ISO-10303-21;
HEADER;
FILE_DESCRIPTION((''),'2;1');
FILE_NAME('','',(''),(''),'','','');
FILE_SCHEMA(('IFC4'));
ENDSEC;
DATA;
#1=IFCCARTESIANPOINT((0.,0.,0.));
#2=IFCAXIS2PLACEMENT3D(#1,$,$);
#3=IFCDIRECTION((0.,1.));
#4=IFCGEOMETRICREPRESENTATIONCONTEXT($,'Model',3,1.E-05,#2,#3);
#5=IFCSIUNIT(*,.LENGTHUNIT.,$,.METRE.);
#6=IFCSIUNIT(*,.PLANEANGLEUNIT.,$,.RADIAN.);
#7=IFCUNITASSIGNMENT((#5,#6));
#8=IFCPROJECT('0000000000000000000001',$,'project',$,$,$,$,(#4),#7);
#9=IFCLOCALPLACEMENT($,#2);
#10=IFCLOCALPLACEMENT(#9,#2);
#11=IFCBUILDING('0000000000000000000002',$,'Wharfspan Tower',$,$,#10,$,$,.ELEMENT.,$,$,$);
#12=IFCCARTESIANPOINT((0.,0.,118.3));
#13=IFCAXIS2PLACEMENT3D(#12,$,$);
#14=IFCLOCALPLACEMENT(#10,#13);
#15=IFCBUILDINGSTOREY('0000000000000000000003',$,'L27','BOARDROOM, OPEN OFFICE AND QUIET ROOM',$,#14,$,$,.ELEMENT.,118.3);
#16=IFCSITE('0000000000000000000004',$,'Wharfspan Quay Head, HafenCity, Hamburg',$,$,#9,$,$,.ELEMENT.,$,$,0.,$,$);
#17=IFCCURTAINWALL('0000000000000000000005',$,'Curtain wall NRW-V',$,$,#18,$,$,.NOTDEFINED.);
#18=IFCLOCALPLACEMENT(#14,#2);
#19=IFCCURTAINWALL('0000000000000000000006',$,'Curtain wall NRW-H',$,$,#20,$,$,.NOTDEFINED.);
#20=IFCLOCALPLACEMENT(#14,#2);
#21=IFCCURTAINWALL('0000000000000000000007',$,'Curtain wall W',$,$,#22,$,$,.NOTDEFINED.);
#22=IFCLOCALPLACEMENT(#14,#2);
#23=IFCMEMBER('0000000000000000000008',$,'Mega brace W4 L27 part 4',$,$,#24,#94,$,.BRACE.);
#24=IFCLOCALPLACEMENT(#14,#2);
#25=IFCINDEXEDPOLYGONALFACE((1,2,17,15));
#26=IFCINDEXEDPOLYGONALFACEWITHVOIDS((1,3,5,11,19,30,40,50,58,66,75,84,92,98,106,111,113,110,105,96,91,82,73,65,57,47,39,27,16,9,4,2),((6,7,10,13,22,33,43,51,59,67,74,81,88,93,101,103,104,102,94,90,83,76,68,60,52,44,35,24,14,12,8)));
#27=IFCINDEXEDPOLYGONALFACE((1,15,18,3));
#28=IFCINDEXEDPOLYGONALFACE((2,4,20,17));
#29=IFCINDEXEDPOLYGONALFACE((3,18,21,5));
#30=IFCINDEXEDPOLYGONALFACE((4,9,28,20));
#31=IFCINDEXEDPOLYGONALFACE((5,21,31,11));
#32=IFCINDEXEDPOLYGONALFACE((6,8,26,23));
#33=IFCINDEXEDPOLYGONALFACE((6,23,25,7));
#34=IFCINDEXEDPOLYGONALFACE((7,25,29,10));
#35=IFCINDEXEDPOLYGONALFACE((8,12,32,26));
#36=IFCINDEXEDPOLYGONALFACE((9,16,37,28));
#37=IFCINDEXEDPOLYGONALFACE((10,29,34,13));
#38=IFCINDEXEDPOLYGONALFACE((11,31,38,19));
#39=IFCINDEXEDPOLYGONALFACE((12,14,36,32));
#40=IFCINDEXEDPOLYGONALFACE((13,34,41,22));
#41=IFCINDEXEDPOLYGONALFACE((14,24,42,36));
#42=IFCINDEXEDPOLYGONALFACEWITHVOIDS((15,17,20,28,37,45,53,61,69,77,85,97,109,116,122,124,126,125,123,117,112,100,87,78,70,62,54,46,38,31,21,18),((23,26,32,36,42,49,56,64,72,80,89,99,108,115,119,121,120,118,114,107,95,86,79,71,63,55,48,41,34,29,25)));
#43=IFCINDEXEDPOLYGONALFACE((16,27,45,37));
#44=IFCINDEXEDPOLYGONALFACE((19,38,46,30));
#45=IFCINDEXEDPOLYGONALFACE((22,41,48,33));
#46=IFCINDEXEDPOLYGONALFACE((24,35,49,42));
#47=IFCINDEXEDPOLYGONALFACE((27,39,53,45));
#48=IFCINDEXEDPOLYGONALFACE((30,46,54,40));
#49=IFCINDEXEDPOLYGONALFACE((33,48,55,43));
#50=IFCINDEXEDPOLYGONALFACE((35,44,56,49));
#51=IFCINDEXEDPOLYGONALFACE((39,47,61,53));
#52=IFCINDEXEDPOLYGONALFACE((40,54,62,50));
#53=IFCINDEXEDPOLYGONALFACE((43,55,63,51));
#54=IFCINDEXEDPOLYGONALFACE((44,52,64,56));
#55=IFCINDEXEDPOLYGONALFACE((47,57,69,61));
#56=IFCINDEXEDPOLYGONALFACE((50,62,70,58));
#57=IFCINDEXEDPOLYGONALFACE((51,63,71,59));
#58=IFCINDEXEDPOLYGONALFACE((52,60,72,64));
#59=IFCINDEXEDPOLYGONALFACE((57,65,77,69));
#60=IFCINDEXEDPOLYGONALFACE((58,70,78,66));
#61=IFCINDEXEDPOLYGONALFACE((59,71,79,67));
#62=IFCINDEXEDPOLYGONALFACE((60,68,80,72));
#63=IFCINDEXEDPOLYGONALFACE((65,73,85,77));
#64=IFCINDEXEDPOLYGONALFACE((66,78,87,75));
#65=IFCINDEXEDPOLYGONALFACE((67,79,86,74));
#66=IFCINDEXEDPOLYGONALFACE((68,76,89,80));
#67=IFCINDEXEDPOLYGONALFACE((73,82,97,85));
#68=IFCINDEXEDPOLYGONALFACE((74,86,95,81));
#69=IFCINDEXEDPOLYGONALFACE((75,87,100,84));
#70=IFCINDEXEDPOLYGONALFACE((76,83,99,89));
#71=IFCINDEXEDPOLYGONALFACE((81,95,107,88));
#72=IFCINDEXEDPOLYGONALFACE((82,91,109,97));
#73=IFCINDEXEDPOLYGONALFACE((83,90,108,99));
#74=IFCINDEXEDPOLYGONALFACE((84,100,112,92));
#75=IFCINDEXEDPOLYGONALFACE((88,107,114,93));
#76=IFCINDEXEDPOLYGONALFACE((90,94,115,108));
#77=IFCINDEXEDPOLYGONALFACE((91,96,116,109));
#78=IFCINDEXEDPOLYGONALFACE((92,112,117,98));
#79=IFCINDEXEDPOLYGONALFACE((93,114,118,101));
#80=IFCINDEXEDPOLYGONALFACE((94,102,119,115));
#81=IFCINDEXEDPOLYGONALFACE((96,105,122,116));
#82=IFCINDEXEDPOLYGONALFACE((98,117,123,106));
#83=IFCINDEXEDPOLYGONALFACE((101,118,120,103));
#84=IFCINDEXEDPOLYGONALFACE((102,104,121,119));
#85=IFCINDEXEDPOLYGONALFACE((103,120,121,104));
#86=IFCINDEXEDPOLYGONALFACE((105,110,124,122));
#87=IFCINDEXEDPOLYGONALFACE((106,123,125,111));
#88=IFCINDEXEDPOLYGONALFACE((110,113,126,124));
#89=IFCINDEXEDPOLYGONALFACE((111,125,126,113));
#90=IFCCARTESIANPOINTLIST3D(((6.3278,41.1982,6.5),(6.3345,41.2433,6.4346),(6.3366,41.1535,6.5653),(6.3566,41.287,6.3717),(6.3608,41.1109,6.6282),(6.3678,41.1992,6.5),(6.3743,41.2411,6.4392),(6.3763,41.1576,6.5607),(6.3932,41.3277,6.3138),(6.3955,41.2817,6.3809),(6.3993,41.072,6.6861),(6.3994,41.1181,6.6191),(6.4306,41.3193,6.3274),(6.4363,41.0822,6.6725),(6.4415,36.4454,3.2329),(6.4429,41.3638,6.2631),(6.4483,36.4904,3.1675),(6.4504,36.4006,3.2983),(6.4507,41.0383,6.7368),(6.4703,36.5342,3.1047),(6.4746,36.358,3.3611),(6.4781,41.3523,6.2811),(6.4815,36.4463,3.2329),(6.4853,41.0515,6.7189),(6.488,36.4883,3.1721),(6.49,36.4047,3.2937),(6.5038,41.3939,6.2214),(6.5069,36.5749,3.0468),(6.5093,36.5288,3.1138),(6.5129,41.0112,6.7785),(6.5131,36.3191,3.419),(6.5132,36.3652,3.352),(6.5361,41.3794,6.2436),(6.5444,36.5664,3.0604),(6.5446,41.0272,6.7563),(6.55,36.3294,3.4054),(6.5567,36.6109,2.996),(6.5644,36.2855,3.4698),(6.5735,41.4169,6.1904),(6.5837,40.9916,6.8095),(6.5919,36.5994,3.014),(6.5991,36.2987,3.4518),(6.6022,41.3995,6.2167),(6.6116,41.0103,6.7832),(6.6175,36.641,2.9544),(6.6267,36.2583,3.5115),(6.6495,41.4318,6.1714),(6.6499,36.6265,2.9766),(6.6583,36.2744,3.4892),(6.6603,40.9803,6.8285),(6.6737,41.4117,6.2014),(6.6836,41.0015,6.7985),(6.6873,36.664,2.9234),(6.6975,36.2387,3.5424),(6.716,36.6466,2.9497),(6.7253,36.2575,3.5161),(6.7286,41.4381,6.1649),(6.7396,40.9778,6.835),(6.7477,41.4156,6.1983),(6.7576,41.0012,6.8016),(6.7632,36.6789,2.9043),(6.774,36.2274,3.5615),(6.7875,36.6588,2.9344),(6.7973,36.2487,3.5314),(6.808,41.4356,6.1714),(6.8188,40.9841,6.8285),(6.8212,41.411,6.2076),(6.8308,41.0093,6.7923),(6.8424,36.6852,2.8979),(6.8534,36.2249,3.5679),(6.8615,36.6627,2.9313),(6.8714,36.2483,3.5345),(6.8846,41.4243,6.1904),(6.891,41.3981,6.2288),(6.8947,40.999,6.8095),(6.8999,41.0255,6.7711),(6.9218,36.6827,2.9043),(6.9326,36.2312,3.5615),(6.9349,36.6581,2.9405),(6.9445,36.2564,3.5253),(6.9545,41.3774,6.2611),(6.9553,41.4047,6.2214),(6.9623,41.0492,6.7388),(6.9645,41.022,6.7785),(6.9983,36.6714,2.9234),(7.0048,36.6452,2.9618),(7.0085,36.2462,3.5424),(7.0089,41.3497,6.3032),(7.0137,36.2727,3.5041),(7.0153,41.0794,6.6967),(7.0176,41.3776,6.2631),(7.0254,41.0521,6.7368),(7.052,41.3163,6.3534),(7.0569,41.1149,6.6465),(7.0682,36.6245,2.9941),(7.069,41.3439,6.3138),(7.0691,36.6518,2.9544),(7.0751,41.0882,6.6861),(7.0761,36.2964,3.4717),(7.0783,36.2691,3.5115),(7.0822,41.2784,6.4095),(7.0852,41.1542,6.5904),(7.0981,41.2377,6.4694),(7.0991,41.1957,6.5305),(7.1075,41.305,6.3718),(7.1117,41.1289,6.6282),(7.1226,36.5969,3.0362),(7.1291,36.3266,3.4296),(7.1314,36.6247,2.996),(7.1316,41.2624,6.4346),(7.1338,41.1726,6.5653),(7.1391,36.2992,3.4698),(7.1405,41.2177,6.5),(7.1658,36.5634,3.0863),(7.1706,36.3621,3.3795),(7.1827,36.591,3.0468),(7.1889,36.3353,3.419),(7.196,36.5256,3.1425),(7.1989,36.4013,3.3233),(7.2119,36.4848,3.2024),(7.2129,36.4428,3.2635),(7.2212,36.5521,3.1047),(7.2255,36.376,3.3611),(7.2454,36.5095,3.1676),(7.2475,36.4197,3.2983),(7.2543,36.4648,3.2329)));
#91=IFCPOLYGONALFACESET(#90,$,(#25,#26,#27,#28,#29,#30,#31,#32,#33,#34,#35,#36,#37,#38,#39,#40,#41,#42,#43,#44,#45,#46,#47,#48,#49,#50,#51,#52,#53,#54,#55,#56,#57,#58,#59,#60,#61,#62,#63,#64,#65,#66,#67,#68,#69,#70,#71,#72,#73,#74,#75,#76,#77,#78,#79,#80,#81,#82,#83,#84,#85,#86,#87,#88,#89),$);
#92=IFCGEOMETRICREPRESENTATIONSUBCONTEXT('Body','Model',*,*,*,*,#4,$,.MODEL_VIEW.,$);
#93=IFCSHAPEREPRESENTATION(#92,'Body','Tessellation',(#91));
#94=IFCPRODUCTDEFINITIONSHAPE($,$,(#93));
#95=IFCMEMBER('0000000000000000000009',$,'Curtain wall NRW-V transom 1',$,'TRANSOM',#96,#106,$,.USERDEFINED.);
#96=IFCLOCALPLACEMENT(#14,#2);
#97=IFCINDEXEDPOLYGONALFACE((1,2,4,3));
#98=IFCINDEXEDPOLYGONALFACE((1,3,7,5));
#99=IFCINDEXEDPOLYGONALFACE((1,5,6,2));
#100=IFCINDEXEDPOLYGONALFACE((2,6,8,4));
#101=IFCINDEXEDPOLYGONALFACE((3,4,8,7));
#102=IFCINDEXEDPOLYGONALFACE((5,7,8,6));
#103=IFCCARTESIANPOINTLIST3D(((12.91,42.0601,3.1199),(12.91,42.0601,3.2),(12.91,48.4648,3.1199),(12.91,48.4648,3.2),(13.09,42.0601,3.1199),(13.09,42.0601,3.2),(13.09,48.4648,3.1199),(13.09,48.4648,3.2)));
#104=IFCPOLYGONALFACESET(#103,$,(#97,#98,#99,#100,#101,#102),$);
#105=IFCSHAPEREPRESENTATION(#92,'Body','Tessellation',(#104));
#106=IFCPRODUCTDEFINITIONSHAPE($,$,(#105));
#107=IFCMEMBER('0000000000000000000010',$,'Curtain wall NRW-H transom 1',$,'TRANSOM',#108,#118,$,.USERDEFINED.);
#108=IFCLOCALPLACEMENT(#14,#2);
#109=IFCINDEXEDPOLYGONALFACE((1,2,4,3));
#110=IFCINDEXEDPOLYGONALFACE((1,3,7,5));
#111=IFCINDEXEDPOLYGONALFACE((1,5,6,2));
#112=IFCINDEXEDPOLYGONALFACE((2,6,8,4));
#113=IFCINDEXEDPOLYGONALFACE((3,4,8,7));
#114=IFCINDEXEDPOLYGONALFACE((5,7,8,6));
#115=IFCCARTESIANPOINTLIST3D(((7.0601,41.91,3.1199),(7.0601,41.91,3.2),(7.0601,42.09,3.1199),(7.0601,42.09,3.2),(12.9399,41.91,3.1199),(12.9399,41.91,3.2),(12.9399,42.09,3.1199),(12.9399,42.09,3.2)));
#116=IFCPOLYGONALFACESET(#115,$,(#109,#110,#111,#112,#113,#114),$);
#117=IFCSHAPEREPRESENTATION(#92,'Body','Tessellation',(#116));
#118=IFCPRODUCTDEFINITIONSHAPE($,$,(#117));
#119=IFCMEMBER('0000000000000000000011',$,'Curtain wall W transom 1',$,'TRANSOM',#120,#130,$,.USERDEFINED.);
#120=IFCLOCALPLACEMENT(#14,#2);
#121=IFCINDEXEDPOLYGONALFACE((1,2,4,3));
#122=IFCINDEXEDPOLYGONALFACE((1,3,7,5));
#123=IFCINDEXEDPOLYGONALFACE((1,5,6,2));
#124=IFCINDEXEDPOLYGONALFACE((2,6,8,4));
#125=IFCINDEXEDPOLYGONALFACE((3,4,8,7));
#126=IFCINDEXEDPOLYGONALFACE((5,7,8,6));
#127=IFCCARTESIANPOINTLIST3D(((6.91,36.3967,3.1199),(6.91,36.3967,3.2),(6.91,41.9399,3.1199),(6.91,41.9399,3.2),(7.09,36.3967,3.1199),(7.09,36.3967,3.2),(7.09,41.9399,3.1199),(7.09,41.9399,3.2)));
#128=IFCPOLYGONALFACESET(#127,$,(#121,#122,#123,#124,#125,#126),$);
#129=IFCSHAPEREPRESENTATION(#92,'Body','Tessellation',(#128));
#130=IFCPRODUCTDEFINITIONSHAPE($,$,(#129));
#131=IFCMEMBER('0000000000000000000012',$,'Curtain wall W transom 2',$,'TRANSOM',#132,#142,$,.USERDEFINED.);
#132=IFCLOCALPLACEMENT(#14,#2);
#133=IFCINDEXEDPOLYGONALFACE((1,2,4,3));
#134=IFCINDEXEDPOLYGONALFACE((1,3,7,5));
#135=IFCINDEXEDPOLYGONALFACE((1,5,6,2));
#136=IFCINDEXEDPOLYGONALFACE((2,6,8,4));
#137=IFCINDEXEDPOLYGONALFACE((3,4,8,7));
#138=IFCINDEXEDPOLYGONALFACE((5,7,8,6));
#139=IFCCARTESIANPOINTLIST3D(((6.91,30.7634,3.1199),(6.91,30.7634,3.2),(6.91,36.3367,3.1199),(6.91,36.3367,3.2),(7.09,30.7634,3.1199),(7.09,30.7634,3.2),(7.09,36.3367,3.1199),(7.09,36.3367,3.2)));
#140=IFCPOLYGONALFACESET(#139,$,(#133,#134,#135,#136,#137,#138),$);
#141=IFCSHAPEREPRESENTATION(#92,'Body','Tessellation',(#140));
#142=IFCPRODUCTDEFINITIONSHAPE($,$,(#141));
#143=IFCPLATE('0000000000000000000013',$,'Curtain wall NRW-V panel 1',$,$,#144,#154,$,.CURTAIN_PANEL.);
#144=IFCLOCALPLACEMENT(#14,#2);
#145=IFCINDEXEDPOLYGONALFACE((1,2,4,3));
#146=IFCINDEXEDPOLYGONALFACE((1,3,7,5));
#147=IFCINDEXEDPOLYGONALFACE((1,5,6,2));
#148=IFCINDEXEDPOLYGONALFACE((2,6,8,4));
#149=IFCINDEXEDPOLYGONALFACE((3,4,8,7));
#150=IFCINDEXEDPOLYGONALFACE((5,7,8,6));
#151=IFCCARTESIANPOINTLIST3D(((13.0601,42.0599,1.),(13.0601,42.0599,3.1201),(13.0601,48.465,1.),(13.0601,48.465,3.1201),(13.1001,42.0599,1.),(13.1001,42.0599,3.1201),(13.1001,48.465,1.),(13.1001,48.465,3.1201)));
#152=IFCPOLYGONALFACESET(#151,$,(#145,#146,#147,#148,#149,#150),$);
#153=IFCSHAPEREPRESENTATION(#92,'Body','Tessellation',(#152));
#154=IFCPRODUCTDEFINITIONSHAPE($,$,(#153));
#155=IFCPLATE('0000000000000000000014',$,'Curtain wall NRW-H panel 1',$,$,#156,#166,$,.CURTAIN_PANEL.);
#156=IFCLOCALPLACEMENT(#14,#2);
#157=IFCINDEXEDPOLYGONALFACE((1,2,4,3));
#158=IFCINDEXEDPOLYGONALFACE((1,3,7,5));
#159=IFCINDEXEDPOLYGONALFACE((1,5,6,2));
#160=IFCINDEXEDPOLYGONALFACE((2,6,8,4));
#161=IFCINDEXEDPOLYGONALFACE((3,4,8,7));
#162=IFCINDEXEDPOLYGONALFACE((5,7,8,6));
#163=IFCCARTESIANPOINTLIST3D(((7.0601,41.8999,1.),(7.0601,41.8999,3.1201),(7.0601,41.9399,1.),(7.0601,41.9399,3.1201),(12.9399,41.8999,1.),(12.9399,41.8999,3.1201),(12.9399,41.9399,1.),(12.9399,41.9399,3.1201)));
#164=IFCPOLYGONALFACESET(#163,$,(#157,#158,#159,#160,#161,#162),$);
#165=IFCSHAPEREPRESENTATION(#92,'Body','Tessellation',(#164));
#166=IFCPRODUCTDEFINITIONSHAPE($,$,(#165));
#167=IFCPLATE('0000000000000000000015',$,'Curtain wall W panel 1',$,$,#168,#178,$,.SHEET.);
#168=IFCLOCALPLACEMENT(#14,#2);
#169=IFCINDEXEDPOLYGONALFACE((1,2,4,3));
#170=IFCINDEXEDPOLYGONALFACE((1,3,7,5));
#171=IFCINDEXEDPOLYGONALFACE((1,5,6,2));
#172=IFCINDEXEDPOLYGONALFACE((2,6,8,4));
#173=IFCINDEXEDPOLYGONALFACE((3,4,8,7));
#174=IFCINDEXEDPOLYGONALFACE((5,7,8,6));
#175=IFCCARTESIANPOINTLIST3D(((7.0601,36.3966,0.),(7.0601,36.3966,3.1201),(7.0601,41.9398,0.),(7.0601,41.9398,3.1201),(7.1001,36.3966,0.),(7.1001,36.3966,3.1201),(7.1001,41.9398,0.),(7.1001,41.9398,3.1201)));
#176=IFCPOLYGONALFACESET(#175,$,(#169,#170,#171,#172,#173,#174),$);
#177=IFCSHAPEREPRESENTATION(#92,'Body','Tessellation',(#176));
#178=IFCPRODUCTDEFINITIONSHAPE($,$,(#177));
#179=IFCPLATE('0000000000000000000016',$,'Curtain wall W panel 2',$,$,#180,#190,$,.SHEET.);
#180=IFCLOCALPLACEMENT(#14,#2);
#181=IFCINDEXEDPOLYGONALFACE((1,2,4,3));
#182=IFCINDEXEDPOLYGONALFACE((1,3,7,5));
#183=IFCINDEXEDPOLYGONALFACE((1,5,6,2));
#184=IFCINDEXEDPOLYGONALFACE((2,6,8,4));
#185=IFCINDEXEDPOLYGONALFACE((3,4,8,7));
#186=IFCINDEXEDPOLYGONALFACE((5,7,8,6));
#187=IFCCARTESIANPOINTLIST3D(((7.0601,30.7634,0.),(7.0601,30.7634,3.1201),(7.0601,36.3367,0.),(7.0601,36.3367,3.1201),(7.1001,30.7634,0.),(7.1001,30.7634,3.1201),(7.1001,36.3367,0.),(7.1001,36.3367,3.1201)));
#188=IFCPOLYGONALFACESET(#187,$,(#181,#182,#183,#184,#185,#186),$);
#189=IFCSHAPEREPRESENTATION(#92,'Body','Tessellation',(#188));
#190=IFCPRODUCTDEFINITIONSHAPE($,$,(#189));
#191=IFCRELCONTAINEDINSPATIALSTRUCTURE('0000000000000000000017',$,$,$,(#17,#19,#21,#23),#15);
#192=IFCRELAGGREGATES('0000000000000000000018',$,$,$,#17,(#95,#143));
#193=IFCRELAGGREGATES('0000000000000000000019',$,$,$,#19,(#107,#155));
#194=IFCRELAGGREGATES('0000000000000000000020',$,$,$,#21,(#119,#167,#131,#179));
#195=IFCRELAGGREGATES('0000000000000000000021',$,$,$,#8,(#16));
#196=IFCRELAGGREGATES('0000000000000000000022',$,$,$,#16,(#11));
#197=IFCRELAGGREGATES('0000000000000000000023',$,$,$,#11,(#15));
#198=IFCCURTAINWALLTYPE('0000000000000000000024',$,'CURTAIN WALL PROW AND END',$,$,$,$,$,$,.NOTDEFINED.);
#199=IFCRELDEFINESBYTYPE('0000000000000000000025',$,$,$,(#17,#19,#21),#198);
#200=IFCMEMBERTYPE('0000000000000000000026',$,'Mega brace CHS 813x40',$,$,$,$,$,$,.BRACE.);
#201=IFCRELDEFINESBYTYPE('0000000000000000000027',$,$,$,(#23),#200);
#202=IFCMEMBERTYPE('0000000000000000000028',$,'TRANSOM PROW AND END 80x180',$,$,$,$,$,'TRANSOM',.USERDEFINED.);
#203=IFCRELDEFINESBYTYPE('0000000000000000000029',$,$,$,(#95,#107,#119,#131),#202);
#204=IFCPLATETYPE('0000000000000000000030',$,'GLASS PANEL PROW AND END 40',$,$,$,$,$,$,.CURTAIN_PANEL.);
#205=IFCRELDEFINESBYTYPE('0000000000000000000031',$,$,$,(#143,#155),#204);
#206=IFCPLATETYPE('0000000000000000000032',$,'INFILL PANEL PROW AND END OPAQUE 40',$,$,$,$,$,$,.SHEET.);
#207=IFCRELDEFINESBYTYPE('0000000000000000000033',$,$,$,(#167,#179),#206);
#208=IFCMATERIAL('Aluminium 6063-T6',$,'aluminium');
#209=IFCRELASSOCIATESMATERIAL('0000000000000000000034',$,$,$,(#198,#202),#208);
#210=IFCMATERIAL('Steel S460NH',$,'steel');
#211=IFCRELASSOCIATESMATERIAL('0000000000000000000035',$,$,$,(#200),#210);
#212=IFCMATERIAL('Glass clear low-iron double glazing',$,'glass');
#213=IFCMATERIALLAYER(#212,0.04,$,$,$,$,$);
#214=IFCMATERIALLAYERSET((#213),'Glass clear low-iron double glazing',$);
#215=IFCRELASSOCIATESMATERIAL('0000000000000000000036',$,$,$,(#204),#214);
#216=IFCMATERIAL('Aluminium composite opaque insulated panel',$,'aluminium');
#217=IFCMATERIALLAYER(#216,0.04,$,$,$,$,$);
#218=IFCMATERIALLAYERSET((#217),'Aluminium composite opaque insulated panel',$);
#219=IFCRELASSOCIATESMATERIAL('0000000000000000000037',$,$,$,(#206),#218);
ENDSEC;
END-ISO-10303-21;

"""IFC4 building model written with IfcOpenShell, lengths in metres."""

from ifc_helpers import new_model, si_unit, direction, frame, origin, origin_2d, place, context, subcontext, project, spatial, rectangle, hollow_circle, extrude, material, layer, layer_set, material_profile, profile_set, type_object, element, aggregate, save


model = new_model("IFC4")

# Units and contexts
model_context = context("Model", 3, precision=1e-05, world=origin(), true_north=direction((0.0, 1.0)))
body_context = subcontext(model_context, "Body", "Model", "MODEL_VIEW")
ifc_project = project(units=[si_unit("LENGTHUNIT", "METRE"), si_unit("PLANEANGLEUNIT", "RADIAN")], contexts=[model_context])

# Site, building, storey
site_placement = place(None, origin())
site = spatial("IfcSite", under=ifc_project, at=site_placement, Name="Wharfspan Quay Head, HafenCity, Hamburg", CompositionType="ELEMENT", RefElevation=0.0)
building_placement = place(site_placement, origin())
building = spatial("IfcBuilding", under=site, at=building_placement, Name="Wharfspan Tower", CompositionType="ELEMENT")
storey_placement = place(building_placement, frame((0.0, 0.0, 118.3)))
storey = spatial("IfcBuildingStorey", under=building, at=storey_placement, Name="L27", Description="BOARDROOM, OPEN OFFICE AND QUIET ROOM", CompositionType="ELEMENT", Elevation=118.3)

# Curtain walls
ifc_material_1 = material(Name="Aluminium 6063-T6", Category="aluminium")
curtain_wall_type = type_object("IfcCurtainWallType", Name="CURTAIN WALL PROW AND END", PredefinedType="NOTDEFINED", material=ifc_material_1)
curtain_wall_1_placement = place(storey_placement, origin())
curtain_wall_1 = element("IfcCurtainWall", 1, at=curtain_wall_1_placement, inside=storey, type_object=curtain_wall_type, Name="Curtain wall NRW-V", PredefinedType="NOTDEFINED")
curtain_wall_2_placement = place(storey_placement, origin())
curtain_wall_2 = element("IfcCurtainWall", 2, at=curtain_wall_2_placement, inside=storey, type_object=curtain_wall_type, Name="Curtain wall NRW-H", PredefinedType="NOTDEFINED")
curtain_wall_3_placement = place(storey_placement, origin())
curtain_wall_3 = element("IfcCurtainWall", 3, at=curtain_wall_3_placement, inside=storey, type_object=curtain_wall_type, Name="Curtain wall W", PredefinedType="NOTDEFINED")

# Member
ifc_material_2 = material(Name="Steel S460NH", Category="steel")
ifc_material_profile_1 = material_profile(ifc_material_2, hollow_circle(Radius=0.4065, WallThickness=0.04, at=origin_2d()))
ifc_profile_set_1 = profile_set([ifc_material_profile_1], Name="Steel S460NH")
member_type_1 = type_object("IfcMemberType", Name="Mega brace CHS 813x40", PredefinedType="BRACE", material=ifc_profile_set_1)
for number, where, z_axis, x_axis, name in (
    (4, (6.8479, 36.4551, 3.2329), (-0.019722, 0.823926, 0.566354), (-0.999713, -0.023927, -0.000004), "Mega brace W4 L27 part 4"),
):
    element("IfcMember", number, at=place(storey_placement, frame(where, z_axis=z_axis, x_axis=x_axis)), inside=storey, type_object=member_type_1, Name=name, PredefinedType="BRACE", context=body_context, shape_type="SweptSolid", body=[
        extrude(hollow_circle(Radius=0.4065, WallThickness=0.04, at=origin_2d()), origin(), (0.0, 0.0, 1.0), 5.7686),
    ])

# Members
ifc_material_profile_2 = material_profile(ifc_material_1, rectangle(XDim=0.1799, YDim=0.0801, at=origin_2d()))
ifc_profile_set_2 = profile_set([ifc_material_profile_2], Name="Aluminium 6063-T6")
member_type_2 = type_object("IfcMemberType", Name="TRANSOM PROW AND END 80x180", ElementType="TRANSOM", PredefinedType="USERDEFINED", material=ifc_profile_set_2)
member_1_placement = place(storey_placement, frame((13.0, 48.4648, 3.1599), z_axis=(0.0, -1.0, 0.0), x_axis=(1.0, 0.0, 0.0)))
member_1 = element("IfcMember", 5, at=member_1_placement, type_object=member_type_2, Name="Curtain wall NRW-V transom 1", ObjectType="TRANSOM", PredefinedType="USERDEFINED", context=body_context, shape_type="SweptSolid", body=[
    extrude(rectangle(XDim=0.1799, YDim=0.0801, at=origin_2d()), origin(), (0.0, 0.0, 1.0), 6.4048),
])
member_2_placement = place(storey_placement, frame((12.9399, 42.0, 3.1599), z_axis=(-1.0, 0.0, 0.0), x_axis=(0.0, -1.0, 0.0)))
member_2 = element("IfcMember", 6, at=member_2_placement, type_object=member_type_2, Name="Curtain wall NRW-H transom 1", ObjectType="TRANSOM", PredefinedType="USERDEFINED", context=body_context, shape_type="SweptSolid", body=[
    extrude(rectangle(XDim=0.1799, YDim=0.0801, at=origin_2d()), origin(), (0.0, 0.0, 1.0), 5.8799),
])
member_3_placement = place(storey_placement, frame((7.0, 41.9399, 3.1599), z_axis=(0.0, -1.0, 0.0), x_axis=(1.0, 0.0, 0.0)))
member_3 = element("IfcMember", 7, at=member_3_placement, type_object=member_type_2, Name="Curtain wall W transom 1", ObjectType="TRANSOM", PredefinedType="USERDEFINED", context=body_context, shape_type="SweptSolid", body=[
    extrude(rectangle(XDim=0.1799, YDim=0.0801, at=origin_2d()), origin(), (0.0, 0.0, 1.0), 5.5432),
])
member_4_placement = place(storey_placement, frame((7.0, 36.3367, 3.1599), z_axis=(0.0, -1.0, 0.0), x_axis=(1.0, 0.0, 0.0)))
member_4 = element("IfcMember", 8, at=member_4_placement, type_object=member_type_2, Name="Curtain wall W transom 2", ObjectType="TRANSOM", PredefinedType="USERDEFINED", context=body_context, shape_type="SweptSolid", body=[
    extrude(rectangle(XDim=0.1799, YDim=0.0801, at=origin_2d()), origin(), (0.0, 0.0, 1.0), 5.5732),
])

# Plates
ifc_material_3 = material(Name="Glass clear low-iron double glazing", Category="glass")
ifc_layer_1 = layer(ifc_material_3, 0.04)
ifc_layer_set_1 = layer_set([ifc_layer_1], Name="Glass clear low-iron double glazing")
plate_type_1 = type_object("IfcPlateType", Name="GLASS PANEL PROW AND END 40", PredefinedType="CURTAIN_PANEL", material=ifc_layer_set_1)
plate_1_placement = place(storey_placement, frame((13.0801, 45.2625, 1.0), z_axis=(0.0, 0.0, 1.0), x_axis=(0.0, -1.0, 0.0)))
plate_1 = element("IfcPlate", 9, at=plate_1_placement, type_object=plate_type_1, Name="Curtain wall NRW-V panel 1", PredefinedType="CURTAIN_PANEL", context=body_context, shape_type="SweptSolid", body=[
    extrude(rectangle(XDim=6.405, YDim=0.04, at=origin_2d()), origin(), (0.0, 0.0, 1.0), 2.1201),
])
aggregate(curtain_wall_1, [member_1, plate_1])
plate_2_placement = place(storey_placement, frame((10.0, 41.9199, 1.0), z_axis=(0.0, 0.0, 1.0), x_axis=(-1.0, 0.0, 0.0)))
plate_2 = element("IfcPlate", 10, at=plate_2_placement, type_object=plate_type_1, Name="Curtain wall NRW-H panel 1", PredefinedType="CURTAIN_PANEL", context=body_context, shape_type="SweptSolid", body=[
    extrude(rectangle(XDim=5.8799, YDim=0.04, at=origin_2d()), origin(), (0.0, 0.0, 1.0), 2.1201),
])
aggregate(curtain_wall_2, [member_2, plate_2])
ifc_material_4 = material(Name="Aluminium composite opaque insulated panel", Category="aluminium")
ifc_layer_2 = layer(ifc_material_4, 0.04)
ifc_layer_set_2 = layer_set([ifc_layer_2], Name="Aluminium composite opaque insulated panel")
plate_type_2 = type_object("IfcPlateType", Name="INFILL PANEL PROW AND END OPAQUE 40", PredefinedType="SHEET", material=ifc_layer_set_2)
plate_3_placement = place(storey_placement, frame((7.0801, 39.1682, 0.0), z_axis=(0.0, 0.0, 1.0), x_axis=(0.0, -1.0, 0.0)))
plate_3 = element("IfcPlate", 11, at=plate_3_placement, type_object=plate_type_2, Name="Curtain wall W panel 1", PredefinedType="SHEET", context=body_context, shape_type="SweptSolid", body=[
    extrude(rectangle(XDim=5.5432, YDim=0.04, at=origin_2d()), origin(), (0.0, 0.0, 1.0), 3.1201),
])
plate_4_placement = place(storey_placement, frame((7.0801, 33.55, 0.0), z_axis=(0.0, 0.0, 1.0), x_axis=(0.0, -1.0, 0.0)))
plate_4 = element("IfcPlate", 12, at=plate_4_placement, type_object=plate_type_2, Name="Curtain wall W panel 2", PredefinedType="SHEET", context=body_context, shape_type="SweptSolid", body=[
    extrude(rectangle(XDim=5.5732, YDim=0.04, at=origin_2d()), origin(), (0.0, 0.0, 1.0), 3.1201),
])
aggregate(curtain_wall_3, [member_3, plate_3, member_4, plate_4])

save(model, "model.ifc")
